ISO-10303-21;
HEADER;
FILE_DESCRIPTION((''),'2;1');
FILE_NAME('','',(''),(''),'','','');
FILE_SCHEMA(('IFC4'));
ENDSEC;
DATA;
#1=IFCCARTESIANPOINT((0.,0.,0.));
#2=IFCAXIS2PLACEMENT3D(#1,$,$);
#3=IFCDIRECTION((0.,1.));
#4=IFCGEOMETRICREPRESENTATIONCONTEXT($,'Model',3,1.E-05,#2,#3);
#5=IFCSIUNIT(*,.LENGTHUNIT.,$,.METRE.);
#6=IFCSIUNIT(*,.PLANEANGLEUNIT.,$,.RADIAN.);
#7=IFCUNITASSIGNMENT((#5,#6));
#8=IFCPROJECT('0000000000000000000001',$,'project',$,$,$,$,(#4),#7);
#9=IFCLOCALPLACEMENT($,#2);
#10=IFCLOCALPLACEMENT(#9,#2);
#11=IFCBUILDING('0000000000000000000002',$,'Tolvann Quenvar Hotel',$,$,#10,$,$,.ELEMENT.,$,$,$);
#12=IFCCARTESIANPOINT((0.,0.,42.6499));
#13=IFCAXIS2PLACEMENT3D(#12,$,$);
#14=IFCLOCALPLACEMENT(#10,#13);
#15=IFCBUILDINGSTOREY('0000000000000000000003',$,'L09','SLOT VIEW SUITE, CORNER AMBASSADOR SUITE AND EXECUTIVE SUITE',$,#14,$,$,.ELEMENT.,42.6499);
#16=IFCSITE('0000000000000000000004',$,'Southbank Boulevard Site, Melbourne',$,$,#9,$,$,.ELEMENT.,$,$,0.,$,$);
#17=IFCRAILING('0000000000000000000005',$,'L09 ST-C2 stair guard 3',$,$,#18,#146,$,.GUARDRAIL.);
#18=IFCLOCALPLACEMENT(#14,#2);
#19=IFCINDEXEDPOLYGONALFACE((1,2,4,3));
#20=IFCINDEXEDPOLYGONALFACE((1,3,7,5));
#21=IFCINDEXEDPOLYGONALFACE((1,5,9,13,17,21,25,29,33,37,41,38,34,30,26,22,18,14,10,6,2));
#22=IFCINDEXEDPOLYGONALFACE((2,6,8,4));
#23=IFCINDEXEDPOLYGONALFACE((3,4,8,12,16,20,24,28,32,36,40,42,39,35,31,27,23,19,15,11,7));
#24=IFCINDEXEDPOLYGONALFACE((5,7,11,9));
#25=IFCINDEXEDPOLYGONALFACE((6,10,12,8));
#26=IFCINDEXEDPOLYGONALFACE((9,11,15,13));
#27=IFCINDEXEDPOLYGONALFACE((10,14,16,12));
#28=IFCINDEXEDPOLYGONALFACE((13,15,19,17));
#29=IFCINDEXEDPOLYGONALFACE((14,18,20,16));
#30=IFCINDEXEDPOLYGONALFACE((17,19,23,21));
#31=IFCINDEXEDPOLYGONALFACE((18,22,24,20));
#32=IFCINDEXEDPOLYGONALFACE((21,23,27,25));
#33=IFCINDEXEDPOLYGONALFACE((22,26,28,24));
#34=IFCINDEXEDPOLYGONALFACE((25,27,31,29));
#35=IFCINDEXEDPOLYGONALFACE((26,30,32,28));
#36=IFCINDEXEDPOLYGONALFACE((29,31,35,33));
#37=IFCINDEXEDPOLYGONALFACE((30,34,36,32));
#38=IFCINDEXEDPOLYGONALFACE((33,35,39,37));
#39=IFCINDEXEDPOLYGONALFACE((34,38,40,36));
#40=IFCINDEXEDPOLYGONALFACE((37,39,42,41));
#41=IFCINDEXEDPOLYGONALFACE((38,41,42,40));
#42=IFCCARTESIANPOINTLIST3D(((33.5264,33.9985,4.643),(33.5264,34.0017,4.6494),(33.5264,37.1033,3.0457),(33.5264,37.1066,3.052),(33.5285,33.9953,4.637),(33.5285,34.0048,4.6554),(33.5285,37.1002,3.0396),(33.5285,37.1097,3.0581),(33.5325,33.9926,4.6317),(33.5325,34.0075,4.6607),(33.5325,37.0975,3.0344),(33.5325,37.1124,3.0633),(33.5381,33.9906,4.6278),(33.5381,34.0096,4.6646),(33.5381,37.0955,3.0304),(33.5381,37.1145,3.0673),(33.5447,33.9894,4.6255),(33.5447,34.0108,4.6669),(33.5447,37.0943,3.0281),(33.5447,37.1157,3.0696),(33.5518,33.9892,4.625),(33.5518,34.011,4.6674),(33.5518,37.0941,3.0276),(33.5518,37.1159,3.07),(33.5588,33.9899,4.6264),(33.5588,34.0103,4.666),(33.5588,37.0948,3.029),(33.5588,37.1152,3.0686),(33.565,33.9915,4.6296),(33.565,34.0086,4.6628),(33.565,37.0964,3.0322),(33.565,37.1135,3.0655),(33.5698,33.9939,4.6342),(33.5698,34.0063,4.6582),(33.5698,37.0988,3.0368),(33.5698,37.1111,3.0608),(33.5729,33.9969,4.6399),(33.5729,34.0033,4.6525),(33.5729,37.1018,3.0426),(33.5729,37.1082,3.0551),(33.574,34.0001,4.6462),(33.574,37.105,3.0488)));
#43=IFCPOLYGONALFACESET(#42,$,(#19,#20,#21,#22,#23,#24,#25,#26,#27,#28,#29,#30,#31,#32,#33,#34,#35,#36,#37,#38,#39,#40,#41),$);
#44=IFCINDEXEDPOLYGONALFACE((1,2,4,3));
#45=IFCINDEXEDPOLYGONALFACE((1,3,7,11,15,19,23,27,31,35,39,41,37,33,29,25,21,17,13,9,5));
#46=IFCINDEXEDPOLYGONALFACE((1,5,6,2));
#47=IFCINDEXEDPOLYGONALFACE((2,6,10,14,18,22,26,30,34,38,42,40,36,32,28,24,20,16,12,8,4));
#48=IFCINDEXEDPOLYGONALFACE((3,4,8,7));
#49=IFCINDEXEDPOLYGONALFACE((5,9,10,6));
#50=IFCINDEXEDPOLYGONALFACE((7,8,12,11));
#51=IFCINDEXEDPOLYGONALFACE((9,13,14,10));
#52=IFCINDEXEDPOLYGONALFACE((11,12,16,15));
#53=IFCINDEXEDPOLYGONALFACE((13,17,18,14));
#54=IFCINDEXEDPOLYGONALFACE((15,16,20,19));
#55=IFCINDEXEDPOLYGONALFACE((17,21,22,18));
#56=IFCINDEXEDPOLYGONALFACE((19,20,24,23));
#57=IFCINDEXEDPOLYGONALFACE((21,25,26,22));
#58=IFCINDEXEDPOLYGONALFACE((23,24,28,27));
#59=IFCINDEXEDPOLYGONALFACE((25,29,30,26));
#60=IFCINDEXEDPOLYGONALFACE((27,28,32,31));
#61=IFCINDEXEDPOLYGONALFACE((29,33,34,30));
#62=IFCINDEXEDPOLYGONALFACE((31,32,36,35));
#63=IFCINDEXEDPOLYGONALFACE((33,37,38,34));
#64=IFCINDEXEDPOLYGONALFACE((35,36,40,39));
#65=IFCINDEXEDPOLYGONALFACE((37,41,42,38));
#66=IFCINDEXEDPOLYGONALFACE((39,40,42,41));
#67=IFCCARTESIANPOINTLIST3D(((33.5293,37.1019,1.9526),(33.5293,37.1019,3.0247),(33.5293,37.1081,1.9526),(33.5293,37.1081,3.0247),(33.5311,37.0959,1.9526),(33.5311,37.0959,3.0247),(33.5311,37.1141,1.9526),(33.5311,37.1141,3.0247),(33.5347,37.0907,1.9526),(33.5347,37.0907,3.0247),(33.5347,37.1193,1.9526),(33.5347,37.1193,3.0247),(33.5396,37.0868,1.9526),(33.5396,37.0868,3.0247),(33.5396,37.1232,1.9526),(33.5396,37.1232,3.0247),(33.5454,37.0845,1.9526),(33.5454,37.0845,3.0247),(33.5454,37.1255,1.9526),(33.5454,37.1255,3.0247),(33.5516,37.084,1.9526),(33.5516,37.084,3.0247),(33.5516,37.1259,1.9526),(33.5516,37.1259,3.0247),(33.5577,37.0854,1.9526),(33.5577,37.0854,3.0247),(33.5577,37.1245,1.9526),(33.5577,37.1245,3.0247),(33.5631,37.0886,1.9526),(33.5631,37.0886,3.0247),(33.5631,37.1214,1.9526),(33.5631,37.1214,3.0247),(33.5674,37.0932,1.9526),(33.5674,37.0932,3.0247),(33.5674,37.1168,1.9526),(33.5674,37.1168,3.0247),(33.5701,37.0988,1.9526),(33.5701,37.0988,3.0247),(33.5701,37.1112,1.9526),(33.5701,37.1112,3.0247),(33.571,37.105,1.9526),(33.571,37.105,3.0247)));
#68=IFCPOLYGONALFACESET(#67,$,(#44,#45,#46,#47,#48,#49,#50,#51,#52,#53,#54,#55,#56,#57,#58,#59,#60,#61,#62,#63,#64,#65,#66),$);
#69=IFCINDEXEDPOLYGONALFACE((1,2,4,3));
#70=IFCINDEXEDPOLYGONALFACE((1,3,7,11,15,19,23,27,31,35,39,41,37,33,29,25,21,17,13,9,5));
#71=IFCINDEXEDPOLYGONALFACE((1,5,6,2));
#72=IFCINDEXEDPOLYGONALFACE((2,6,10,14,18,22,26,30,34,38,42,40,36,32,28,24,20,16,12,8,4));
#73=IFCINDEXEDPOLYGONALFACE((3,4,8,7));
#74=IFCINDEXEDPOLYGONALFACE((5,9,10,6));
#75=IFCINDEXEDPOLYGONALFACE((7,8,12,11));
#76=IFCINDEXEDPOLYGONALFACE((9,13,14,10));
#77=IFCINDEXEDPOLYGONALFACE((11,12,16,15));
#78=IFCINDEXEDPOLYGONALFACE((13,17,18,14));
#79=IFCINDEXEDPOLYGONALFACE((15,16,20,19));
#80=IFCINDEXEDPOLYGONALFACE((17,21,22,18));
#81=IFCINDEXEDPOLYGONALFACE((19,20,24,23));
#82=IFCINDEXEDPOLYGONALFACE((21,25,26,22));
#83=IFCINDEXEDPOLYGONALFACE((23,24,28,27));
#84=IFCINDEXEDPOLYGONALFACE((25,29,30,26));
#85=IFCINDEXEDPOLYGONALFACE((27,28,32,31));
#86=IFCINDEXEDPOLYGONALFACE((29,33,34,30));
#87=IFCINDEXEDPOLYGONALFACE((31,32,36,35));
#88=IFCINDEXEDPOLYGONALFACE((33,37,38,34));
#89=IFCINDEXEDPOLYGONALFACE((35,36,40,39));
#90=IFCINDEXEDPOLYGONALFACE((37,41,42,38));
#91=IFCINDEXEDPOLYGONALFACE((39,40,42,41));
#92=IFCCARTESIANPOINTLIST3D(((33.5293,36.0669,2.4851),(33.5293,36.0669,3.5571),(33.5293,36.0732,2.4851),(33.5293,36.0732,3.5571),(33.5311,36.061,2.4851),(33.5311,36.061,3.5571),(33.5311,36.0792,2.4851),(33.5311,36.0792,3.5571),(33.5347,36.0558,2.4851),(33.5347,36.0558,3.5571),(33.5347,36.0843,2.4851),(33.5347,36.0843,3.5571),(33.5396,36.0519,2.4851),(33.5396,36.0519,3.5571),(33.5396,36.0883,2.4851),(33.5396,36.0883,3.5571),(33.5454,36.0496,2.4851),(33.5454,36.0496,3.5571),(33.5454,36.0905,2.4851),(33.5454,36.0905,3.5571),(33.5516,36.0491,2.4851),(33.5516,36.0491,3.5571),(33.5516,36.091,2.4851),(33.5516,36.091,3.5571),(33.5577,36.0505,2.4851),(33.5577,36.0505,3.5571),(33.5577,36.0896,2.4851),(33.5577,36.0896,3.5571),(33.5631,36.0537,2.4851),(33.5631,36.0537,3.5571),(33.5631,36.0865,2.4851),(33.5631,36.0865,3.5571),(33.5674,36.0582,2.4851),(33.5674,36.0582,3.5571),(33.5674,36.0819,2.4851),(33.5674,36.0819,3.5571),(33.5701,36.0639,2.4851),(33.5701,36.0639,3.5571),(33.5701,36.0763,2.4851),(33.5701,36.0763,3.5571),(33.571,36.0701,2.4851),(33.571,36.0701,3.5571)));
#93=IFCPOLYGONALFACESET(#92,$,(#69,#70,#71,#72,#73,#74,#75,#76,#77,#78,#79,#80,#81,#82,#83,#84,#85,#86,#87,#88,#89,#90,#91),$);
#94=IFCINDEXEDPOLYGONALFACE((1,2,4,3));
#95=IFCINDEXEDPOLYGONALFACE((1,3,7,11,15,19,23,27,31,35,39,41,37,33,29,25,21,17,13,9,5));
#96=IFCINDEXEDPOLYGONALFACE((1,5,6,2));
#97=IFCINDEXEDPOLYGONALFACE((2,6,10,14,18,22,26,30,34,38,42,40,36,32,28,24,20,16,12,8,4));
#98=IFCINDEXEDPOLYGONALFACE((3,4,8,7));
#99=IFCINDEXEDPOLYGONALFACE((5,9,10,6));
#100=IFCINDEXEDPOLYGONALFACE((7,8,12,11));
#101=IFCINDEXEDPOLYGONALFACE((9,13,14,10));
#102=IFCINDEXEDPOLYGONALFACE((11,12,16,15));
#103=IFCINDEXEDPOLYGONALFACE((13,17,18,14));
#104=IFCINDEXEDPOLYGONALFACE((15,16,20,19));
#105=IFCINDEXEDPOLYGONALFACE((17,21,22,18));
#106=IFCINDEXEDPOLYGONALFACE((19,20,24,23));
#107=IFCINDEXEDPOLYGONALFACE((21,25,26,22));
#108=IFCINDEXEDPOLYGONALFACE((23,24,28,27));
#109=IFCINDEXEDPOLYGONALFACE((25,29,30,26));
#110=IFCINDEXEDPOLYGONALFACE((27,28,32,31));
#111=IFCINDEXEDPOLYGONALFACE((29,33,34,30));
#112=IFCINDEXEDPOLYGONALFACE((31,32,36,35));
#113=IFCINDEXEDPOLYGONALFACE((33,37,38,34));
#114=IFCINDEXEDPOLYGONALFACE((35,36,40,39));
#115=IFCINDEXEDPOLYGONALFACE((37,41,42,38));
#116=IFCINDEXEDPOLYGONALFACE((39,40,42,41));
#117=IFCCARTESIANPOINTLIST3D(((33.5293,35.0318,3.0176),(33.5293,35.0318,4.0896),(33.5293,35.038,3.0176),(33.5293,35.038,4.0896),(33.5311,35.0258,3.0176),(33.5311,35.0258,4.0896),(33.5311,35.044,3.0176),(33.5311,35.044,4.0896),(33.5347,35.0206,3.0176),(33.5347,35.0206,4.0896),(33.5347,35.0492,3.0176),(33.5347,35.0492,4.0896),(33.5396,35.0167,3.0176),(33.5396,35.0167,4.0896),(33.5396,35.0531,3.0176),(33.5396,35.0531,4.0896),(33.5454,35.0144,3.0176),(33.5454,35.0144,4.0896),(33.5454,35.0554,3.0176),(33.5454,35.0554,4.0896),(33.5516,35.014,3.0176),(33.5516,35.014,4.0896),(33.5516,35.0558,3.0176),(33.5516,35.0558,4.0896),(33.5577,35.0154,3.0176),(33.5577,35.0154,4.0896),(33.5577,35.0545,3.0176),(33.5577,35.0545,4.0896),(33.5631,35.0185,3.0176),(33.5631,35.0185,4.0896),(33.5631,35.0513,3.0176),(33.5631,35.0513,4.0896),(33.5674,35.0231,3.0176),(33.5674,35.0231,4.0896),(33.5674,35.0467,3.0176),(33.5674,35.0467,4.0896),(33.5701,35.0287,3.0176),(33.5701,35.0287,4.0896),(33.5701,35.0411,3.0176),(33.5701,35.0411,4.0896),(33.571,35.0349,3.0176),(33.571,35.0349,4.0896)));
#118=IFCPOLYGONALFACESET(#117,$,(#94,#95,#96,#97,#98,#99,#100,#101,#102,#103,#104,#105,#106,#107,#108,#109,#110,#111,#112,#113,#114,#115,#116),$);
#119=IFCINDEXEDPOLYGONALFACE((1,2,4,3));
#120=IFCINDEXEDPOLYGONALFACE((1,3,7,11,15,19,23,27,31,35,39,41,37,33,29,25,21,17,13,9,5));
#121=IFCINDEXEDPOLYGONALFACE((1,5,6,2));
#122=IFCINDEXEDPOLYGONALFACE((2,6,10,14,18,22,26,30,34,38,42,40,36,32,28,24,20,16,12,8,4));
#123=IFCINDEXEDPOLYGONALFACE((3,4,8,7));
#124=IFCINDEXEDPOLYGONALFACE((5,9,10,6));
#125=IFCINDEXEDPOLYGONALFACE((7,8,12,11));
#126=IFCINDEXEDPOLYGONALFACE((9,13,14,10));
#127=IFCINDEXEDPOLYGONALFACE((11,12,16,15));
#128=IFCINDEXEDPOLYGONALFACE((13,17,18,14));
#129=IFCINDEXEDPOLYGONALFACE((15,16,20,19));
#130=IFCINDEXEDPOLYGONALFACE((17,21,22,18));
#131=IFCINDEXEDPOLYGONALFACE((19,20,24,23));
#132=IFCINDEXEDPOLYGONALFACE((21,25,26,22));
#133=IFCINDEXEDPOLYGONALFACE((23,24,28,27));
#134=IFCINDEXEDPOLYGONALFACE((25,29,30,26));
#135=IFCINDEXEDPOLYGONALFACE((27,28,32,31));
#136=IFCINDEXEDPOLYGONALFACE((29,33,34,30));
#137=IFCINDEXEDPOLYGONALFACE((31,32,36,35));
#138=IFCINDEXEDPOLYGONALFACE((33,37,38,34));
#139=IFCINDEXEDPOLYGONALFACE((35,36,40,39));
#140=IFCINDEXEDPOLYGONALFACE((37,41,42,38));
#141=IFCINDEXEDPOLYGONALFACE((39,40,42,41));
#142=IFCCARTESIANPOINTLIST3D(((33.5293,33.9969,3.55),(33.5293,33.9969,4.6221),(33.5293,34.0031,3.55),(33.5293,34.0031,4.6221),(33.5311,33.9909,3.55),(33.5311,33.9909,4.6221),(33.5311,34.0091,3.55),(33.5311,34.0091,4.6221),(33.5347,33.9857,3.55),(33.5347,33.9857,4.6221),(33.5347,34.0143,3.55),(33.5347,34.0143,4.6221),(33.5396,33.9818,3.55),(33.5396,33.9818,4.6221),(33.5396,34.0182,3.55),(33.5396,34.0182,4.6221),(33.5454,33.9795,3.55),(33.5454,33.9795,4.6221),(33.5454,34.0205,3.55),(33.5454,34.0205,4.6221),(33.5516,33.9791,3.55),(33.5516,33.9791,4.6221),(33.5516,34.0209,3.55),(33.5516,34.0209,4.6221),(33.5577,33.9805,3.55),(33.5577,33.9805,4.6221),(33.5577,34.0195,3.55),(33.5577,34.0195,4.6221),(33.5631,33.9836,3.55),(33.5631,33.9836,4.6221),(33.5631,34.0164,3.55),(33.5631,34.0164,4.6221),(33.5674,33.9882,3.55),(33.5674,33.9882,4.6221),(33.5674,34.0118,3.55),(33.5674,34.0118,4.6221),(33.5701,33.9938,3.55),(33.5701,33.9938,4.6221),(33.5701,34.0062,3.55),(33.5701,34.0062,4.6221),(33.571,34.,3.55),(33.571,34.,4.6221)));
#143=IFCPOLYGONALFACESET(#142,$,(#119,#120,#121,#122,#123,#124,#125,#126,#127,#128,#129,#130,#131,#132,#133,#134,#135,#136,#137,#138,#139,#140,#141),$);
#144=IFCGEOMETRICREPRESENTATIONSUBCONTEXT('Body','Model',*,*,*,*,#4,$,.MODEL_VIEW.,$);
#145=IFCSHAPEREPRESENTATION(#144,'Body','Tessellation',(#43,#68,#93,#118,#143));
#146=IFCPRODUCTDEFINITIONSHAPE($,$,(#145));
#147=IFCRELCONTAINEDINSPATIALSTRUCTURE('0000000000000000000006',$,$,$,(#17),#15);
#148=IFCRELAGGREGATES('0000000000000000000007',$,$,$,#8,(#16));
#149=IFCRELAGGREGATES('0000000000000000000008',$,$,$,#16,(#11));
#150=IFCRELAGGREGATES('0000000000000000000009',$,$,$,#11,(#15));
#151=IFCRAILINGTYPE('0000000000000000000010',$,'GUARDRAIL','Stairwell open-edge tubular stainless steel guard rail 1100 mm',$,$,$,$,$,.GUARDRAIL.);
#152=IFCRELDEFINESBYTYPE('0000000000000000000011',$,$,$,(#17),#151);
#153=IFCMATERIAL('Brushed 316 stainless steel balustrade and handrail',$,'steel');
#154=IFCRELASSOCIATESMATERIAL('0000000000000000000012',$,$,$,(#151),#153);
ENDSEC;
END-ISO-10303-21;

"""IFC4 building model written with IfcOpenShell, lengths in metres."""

from ifc_helpers import new_model, si_unit, direction, frame, origin, origin_2d, place, context, subcontext, project, spatial, circle, extrude, material, type_object, element, save


model = new_model("IFC4")

# Units and contexts
model_context = context("Model", 3, precision=1e-05, world=origin(), true_north=direction((0.0, 1.0)))
body_context = subcontext(model_context, "Body", "Model", "MODEL_VIEW")
ifc_project = project(units=[si_unit("LENGTHUNIT", "METRE"), si_unit("PLANEANGLEUNIT", "RADIAN")], contexts=[model_context])

# Site, building, storey
site_placement = place(None, origin())
site = spatial("IfcSite", under=ifc_project, at=site_placement, Name="Southbank Boulevard Site, Melbourne", CompositionType="ELEMENT", RefElevation=0.0)
building_placement = place(site_placement, origin())
building = spatial("IfcBuilding", under=site, at=building_placement, Name="Tolvann Quenvar Hotel", CompositionType="ELEMENT")
storey_placement = place(building_placement, frame((0.0, 0.0, 42.6499)))
storey = spatial("IfcBuildingStorey", under=building, at=storey_placement, Name="L09", Description="SLOT VIEW SUITE, CORNER AMBASSADOR SUITE AND EXECUTIVE SUITE", CompositionType="ELEMENT", Elevation=42.6499)

# Railing
ifc_material_1 = material(Name="Brushed 316 stainless steel balustrade and handrail", Category="steel")
railing_type_1 = type_object("IfcRailingType", Name="GUARDRAIL", Description="Stairwell open-edge tubular stainless steel guard rail 1100 mm", PredefinedType="GUARDRAIL", material=ifc_material_1)
railing_1_placement = place(storey_placement, frame((33.55, 37.105, 1.9526)))
element("IfcRailing", 1, at=railing_1_placement, inside=storey, type_object=railing_type_1, Name="L09 ST-C2 stair guard 3", PredefinedType="GUARDRAIL", context=body_context, shape_type="SweptSolid", body=[
    extrude(circle(Radius=0.0239, at=origin_2d()), frame((0.0, 0.0, 1.0962), z_axis=(0.0, -0.889222, 0.457476), x_axis=(1.0, 0.0, 0.0)), (0.0, 0.0, 1.0), 3.4917),
    extrude(circle(Radius=0.021, at=origin_2d()), origin(), (0.0, 0.0, 1.0), 1.072),
    extrude(circle(Radius=0.021, at=origin_2d()), frame((0.0, -1.0349, 0.5325)), (0.0, 0.0, 1.0), 1.072),
    extrude(circle(Radius=0.021, at=origin_2d()), frame((0.0, -2.0701, 1.0649)), (0.0, 0.0, 1.0), 1.072),
    extrude(circle(Radius=0.021, at=origin_2d()), frame((0.0, -3.105, 1.5974)), (0.0, 0.0, 1.0), 1.072),
])

save(model, "model.ifc")
